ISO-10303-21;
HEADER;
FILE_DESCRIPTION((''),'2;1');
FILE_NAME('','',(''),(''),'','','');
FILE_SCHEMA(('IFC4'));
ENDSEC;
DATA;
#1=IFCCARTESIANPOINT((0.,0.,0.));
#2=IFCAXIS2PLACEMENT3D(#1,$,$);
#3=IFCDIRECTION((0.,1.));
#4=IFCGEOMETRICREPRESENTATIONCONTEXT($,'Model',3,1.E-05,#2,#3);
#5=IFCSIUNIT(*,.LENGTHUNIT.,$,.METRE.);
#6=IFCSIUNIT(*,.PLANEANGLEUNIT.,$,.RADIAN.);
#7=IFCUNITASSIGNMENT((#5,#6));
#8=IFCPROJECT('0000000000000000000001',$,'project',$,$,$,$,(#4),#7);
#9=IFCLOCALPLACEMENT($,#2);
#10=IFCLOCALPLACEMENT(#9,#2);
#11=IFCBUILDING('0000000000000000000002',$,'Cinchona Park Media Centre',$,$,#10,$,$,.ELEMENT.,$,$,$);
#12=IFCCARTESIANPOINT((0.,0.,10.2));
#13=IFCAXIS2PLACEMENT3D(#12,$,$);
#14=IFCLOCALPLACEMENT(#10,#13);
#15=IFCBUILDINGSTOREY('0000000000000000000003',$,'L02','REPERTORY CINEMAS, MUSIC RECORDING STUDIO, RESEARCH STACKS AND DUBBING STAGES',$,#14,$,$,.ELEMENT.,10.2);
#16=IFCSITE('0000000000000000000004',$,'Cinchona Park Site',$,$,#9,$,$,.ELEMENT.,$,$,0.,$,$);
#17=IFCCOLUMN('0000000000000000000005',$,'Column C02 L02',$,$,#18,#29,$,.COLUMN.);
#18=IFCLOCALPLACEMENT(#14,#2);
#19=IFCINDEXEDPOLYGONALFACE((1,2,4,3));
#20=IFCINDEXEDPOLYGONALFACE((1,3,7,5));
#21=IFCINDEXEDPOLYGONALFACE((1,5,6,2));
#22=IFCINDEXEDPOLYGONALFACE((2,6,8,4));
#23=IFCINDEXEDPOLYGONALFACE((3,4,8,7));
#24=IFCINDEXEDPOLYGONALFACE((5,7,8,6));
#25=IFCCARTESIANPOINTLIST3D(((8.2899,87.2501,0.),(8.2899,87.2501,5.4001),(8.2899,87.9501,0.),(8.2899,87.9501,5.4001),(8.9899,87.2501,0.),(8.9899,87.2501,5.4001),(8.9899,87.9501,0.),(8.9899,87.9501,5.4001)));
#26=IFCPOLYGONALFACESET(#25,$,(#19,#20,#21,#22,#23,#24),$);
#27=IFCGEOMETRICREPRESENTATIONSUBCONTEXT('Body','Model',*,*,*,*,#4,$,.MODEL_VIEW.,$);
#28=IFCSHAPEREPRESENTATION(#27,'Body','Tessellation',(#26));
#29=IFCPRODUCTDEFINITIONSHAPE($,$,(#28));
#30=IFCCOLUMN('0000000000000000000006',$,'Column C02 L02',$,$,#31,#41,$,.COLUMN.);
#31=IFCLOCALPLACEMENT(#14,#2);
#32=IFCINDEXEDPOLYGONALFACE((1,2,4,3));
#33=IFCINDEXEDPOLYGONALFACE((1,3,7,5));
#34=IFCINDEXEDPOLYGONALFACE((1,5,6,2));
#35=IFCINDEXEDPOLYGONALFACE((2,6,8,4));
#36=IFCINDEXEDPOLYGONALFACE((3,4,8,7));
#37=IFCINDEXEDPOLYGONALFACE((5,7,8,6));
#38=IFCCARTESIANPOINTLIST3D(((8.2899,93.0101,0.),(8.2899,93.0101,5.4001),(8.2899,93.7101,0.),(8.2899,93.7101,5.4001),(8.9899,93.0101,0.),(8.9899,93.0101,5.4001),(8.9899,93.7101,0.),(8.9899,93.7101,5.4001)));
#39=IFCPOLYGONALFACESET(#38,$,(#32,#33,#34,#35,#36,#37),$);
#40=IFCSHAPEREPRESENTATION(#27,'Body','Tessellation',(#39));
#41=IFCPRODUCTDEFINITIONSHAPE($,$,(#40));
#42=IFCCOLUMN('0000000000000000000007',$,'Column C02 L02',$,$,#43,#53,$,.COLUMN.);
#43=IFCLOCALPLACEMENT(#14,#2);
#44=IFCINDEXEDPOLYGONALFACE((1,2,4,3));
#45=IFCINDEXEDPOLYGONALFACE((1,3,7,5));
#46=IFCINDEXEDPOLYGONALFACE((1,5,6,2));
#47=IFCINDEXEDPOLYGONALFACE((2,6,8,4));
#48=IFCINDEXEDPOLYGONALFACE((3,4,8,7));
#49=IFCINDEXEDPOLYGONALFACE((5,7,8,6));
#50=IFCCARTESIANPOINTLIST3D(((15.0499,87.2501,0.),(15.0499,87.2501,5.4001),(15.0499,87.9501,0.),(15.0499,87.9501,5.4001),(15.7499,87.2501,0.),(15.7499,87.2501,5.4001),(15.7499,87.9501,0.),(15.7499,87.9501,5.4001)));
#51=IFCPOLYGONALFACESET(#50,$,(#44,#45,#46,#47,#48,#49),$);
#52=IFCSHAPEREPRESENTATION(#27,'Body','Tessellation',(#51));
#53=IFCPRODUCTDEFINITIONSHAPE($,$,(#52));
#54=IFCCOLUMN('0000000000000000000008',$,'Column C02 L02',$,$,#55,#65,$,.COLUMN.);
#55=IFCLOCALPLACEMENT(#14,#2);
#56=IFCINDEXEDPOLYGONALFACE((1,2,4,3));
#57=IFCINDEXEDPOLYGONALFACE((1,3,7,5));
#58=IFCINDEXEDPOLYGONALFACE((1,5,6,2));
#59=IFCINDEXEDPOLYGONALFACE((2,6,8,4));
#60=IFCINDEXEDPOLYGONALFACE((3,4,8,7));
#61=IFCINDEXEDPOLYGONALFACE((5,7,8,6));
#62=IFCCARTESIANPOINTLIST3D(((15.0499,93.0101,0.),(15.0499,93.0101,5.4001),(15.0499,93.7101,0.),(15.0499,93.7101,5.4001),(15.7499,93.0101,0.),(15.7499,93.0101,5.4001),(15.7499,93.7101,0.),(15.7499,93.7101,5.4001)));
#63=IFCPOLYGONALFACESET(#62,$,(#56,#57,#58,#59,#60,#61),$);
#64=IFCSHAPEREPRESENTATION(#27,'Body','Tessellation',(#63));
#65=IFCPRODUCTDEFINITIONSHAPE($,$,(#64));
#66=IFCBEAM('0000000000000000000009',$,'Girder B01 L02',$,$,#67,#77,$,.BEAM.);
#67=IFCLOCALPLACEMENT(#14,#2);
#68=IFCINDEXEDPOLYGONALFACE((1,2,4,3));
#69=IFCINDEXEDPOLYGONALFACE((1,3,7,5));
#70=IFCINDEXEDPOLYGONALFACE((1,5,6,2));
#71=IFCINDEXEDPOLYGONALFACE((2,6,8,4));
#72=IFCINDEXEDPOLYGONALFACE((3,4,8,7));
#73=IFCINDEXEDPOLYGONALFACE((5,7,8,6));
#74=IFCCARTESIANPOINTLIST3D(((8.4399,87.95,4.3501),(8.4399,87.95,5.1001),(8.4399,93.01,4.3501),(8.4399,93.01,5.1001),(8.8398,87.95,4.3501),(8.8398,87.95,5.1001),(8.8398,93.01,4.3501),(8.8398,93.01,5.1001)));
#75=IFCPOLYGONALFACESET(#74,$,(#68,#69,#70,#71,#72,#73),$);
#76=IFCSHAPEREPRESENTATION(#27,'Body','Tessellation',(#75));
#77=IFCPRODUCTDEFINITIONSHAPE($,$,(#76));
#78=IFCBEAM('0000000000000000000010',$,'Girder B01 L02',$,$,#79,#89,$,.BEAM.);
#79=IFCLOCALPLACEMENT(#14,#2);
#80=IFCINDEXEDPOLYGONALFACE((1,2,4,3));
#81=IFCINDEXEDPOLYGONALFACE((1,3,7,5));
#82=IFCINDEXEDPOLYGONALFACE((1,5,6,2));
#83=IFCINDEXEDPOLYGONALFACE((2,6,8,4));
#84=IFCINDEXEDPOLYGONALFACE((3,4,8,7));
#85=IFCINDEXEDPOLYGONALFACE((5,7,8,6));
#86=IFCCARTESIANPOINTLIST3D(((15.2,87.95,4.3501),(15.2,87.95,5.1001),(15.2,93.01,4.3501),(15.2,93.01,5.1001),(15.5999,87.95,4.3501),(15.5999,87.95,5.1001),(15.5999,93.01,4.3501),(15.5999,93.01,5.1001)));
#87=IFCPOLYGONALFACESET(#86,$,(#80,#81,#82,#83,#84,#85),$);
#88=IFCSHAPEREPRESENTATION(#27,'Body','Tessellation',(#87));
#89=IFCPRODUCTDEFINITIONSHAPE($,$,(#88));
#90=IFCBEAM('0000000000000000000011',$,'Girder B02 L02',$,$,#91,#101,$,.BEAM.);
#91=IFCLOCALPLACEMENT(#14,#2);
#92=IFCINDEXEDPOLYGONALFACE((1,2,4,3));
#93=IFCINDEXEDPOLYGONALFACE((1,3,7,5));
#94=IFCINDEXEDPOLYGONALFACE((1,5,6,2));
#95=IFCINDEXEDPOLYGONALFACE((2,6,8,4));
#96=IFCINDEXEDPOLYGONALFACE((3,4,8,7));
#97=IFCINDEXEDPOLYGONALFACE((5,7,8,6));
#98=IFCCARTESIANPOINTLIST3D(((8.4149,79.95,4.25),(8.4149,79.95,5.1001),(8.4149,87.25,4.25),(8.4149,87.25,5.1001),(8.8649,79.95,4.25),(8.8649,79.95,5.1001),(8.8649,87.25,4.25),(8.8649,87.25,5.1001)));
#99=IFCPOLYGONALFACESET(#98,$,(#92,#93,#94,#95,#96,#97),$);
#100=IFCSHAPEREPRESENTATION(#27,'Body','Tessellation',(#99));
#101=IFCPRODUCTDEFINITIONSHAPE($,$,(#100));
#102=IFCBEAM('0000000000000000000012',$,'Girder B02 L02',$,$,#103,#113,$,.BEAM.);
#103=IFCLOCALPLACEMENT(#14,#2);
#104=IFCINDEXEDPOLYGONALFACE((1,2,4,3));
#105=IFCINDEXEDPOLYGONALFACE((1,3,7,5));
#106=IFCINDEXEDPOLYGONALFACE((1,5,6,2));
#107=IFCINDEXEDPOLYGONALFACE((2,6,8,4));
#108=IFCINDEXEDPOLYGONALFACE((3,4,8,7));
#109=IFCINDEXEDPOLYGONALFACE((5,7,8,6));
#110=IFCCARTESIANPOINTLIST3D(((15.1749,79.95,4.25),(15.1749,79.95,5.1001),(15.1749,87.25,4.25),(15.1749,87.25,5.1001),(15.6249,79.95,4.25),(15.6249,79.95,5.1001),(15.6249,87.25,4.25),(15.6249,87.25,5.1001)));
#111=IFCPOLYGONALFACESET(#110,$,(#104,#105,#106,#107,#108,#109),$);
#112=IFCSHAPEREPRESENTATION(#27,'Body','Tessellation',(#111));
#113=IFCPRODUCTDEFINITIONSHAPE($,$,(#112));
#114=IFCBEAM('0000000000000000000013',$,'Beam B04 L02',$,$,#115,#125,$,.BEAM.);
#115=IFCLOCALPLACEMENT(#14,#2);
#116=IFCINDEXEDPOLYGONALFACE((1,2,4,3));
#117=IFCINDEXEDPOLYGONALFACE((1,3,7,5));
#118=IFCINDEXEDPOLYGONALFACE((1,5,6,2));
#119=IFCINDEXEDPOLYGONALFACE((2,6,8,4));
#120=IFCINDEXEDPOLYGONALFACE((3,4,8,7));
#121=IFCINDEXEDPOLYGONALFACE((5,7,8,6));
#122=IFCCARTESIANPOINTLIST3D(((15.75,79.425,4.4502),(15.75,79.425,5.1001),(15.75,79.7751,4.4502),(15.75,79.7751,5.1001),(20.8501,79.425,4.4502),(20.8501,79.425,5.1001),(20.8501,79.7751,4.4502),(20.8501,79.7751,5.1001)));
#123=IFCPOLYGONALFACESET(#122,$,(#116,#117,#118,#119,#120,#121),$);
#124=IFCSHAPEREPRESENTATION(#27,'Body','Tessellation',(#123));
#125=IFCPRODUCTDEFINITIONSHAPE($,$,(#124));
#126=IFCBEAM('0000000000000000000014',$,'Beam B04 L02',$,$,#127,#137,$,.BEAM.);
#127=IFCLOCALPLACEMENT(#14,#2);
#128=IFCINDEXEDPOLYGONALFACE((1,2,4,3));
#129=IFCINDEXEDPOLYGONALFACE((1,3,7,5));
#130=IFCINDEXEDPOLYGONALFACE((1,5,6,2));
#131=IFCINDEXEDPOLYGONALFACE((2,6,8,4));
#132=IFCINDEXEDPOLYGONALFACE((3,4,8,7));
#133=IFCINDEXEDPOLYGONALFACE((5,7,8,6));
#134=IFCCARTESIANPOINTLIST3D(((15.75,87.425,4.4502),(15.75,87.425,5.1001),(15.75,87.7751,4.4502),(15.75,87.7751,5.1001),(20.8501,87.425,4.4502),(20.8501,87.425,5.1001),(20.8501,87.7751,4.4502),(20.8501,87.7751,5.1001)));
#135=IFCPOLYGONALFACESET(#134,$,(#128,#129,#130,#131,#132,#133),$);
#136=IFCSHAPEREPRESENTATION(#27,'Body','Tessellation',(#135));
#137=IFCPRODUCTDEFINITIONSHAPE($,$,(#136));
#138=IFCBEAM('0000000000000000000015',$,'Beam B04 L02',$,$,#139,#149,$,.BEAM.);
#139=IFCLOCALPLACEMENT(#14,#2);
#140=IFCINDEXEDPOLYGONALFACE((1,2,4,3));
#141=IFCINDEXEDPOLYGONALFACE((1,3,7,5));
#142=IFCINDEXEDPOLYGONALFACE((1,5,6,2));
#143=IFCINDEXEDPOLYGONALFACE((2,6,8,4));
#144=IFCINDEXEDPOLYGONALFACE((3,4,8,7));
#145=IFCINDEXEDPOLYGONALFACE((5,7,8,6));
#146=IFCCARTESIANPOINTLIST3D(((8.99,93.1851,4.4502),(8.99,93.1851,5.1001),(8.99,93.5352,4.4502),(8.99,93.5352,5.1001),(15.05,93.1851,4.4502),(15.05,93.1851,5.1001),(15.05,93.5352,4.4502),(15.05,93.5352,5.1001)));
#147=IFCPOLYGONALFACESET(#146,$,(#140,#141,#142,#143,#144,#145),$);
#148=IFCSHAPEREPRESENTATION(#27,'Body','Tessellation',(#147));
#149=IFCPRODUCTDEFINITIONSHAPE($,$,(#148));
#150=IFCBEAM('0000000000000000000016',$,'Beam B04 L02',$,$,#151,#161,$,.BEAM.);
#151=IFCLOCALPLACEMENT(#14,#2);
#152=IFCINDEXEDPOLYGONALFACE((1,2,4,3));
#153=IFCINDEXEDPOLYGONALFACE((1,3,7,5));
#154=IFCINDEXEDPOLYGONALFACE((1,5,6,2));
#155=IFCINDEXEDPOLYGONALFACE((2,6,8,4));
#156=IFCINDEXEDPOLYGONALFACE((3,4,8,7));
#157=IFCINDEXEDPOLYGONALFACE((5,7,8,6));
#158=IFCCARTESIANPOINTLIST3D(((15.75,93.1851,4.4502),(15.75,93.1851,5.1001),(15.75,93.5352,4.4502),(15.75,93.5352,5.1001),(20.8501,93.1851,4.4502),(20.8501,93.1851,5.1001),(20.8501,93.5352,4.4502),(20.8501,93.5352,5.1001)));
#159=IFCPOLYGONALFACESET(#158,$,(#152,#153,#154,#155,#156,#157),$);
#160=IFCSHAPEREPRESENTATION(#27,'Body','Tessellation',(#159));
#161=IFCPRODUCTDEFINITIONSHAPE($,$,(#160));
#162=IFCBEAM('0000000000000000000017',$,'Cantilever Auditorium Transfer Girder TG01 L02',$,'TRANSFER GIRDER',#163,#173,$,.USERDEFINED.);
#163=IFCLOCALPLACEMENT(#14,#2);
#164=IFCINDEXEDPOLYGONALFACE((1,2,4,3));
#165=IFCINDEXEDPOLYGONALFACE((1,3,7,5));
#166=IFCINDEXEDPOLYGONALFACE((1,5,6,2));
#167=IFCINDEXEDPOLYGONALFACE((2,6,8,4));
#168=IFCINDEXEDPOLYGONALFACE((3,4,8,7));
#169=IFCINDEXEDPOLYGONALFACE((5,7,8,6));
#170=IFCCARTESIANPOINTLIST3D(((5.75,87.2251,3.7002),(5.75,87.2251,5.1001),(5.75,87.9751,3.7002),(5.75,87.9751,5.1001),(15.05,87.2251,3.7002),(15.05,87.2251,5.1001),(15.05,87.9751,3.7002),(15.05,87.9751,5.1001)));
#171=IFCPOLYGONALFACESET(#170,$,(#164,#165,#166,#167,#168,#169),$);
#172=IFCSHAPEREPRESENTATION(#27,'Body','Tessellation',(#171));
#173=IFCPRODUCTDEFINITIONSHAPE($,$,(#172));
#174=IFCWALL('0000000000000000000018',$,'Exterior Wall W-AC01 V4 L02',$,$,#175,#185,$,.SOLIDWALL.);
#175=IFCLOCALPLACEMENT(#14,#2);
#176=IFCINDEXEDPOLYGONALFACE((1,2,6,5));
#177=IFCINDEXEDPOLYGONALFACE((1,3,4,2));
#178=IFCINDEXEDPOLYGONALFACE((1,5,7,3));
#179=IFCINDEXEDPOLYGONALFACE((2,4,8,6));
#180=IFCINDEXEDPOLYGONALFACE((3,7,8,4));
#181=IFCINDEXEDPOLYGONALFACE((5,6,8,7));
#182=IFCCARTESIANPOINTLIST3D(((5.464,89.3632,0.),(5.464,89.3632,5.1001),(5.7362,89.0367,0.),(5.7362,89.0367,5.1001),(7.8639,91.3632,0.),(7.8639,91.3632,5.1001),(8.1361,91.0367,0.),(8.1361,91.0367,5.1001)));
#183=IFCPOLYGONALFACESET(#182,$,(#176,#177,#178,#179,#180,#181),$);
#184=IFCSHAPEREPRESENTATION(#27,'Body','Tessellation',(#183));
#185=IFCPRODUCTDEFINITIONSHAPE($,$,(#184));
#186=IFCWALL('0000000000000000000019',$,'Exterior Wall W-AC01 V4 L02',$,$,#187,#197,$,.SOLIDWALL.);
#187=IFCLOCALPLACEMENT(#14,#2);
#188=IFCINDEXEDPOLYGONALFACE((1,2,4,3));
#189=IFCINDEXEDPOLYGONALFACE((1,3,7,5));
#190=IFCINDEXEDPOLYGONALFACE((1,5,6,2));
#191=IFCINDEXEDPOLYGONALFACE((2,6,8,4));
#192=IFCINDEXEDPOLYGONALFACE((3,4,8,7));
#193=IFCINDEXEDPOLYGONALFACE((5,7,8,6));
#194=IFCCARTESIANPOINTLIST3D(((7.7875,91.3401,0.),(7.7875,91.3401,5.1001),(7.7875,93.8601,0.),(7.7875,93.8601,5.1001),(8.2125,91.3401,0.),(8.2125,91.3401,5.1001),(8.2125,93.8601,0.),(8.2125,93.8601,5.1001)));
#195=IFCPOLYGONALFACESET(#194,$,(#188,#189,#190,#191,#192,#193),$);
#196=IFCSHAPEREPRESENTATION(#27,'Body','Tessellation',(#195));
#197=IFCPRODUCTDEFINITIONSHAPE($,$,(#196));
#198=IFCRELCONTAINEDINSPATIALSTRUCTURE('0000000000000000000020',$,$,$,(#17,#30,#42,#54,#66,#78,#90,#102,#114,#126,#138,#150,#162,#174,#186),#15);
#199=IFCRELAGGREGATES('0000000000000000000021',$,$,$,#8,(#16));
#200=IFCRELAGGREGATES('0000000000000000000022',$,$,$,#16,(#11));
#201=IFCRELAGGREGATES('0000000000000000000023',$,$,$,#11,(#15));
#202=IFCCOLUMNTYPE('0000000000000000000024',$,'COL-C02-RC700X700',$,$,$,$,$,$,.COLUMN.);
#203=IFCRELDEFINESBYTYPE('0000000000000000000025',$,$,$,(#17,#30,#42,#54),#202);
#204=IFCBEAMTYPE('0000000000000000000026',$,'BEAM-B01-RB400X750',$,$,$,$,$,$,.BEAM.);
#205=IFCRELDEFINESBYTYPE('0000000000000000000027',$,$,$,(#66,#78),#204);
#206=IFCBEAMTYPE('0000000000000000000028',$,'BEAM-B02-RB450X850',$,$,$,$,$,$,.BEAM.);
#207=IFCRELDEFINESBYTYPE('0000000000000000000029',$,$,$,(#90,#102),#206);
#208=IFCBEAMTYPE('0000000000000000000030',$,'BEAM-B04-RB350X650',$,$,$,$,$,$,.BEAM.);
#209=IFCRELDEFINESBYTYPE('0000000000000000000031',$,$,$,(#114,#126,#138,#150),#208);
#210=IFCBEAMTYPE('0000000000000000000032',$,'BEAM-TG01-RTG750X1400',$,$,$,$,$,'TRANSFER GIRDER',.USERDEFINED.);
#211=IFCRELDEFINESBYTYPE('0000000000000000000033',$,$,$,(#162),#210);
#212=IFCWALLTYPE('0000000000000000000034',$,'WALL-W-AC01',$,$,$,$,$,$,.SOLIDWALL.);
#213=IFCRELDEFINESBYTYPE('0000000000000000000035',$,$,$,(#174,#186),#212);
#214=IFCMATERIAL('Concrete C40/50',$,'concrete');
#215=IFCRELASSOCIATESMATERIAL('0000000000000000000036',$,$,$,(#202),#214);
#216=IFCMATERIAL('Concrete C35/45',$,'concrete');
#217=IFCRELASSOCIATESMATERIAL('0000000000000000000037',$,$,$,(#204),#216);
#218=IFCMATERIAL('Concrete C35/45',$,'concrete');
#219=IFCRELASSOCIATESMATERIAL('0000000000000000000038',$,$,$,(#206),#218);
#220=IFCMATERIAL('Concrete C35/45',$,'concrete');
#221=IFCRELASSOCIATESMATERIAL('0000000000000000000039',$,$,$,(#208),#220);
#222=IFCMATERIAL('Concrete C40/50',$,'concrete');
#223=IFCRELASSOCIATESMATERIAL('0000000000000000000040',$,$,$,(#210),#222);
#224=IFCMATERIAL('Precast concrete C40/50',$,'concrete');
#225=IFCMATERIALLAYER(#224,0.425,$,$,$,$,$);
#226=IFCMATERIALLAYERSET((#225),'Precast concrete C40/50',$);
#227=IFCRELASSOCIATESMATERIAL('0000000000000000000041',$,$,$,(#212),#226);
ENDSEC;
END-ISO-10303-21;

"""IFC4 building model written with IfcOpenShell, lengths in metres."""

from ifc_helpers import new_model, si_unit, direction, frame, frame_2d, origin, origin_2d, place, context, subcontext, project, spatial, rectangle, extrude, material, layer, layer_set, material_profile, profile_set, type_object, element, save


model = new_model("IFC4")

# Units and contexts
model_context = context("Model", 3, precision=1e-05, world=origin(), true_north=direction((0.0, 1.0)))
body_context = subcontext(model_context, "Body", "Model", "MODEL_VIEW")
ifc_project = project(units=[si_unit("LENGTHUNIT", "METRE"), si_unit("PLANEANGLEUNIT", "RADIAN")], contexts=[model_context])

# Site, building, storey
site_placement = place(None, origin())
site = spatial("IfcSite", under=ifc_project, at=site_placement, Name="Cinchona Park Site", CompositionType="ELEMENT", RefElevation=0.0)
building_placement = place(site_placement, origin())
building = spatial("IfcBuilding", under=site, at=building_placement, Name="Cinchona Park Media Centre", CompositionType="ELEMENT")
storey_placement = place(building_placement, frame((0.0, 0.0, 10.2)))
storey = spatial("IfcBuildingStorey", under=building, at=storey_placement, Name="L02", Description="REPERTORY CINEMAS, MUSIC RECORDING STUDIO, RESEARCH STACKS AND DUBBING STAGES", CompositionType="ELEMENT", Elevation=10.2)

# Columns
ifc_material_1 = material(Name="Concrete C40/50", Category="concrete")
ifc_material_profile_1 = material_profile(ifc_material_1, rectangle(XDim=0.7, YDim=0.7, at=origin_2d()), Name="RC 700X700")
ifc_profile_set_1 = profile_set([ifc_material_profile_1], Name="Concrete C40/50")
column_type = type_object("IfcColumnType", Name="COL-C02-RC700X700", PredefinedType="COLUMN", material=ifc_profile_set_1)
for number, where, z_axis, x_axis, name in (
    (1, (8.6399, 87.6001, 0.0), (0.0, 0.0, 1.0), (1.0, 0.0, 0.0), "Column C02 L02"),
    (2, (8.6399, 93.3601, 0.0), (0.0, 0.0, 1.0), (1.0, 0.0, 0.0), "Column C02 L02"),
    (3, (15.3999, 87.6001, 0.0), (0.0, 0.0, 1.0), (1.0, 0.0, 0.0), "Column C02 L02"),
    (4, (15.3999, 93.3601, 0.0), (0.0, 0.0, 1.0), (1.0, 0.0, 0.0), "Column C02 L02"),
):
    element("IfcColumn", number, at=place(storey_placement, frame(where, z_axis=z_axis, x_axis=x_axis)), inside=storey, type_object=column_type, Name=name, PredefinedType="COLUMN", context=body_context, shape_type="SweptSolid", body=[
        extrude(rectangle(XDim=0.7, YDim=0.7, at=origin_2d()), origin(), (0.0, 0.0, 1.0), 5.4001),
    ])

# Beams
ifc_material_2 = material(Name="Concrete C35/45", Category="concrete")
ifc_material_profile_2 = material_profile(ifc_material_2, rectangle(XDim=0.3999, YDim=0.75, at=origin_2d()), Name="RB 400X750")
ifc_profile_set_2 = profile_set([ifc_material_profile_2], Name="Concrete C35/45")
beam_type_1 = type_object("IfcBeamType", Name="BEAM-B01-RB400X750", PredefinedType="BEAM", material=ifc_profile_set_2)
for number, where, z_axis, x_axis, name in (
    (5, (8.6399, 87.95, 4.7251), (0.0, 1.0, 0.0), (-1.0, 0.0, 0.0), "Girder B01 L02"),
    (6, (15.3999, 87.95, 4.7251), (0.0, 1.0, 0.0), (-1.0, 0.0, 0.0), "Girder B01 L02"),
):
    element("IfcBeam", number, at=place(storey_placement, frame(where, z_axis=z_axis, x_axis=x_axis)), inside=storey, type_object=beam_type_1, Name=name, PredefinedType="BEAM", context=body_context, shape_type="SweptSolid", body=[
        extrude(rectangle(XDim=0.3999, YDim=0.75, at=origin_2d()), origin(), (0.0, 0.0, 1.0), 5.0601),
    ])
ifc_material_3 = material(Name="Concrete C35/45", Category="concrete")
ifc_material_profile_3 = material_profile(ifc_material_3, rectangle(XDim=0.45, YDim=0.8501, at=origin_2d()), Name="RB 450X850")
ifc_profile_set_3 = profile_set([ifc_material_profile_3], Name="Concrete C35/45")
beam_type_2 = type_object("IfcBeamType", Name="BEAM-B02-RB450X850", PredefinedType="BEAM", material=ifc_profile_set_3)
for number, where, z_axis, x_axis, name in (
    (7, (8.6399, 79.95, 4.675), (0.0, 1.0, 0.0), (-1.0, 0.0, 0.0), "Girder B02 L02"),
    (8, (15.3999, 79.95, 4.675), (0.0, 1.0, 0.0), (-1.0, 0.0, 0.0), "Girder B02 L02"),
):
    element("IfcBeam", number, at=place(storey_placement, frame(where, z_axis=z_axis, x_axis=x_axis)), inside=storey, type_object=beam_type_2, Name=name, PredefinedType="BEAM", context=body_context, shape_type="SweptSolid", body=[
        extrude(rectangle(XDim=0.45, YDim=0.8501, at=origin_2d()), origin(), (0.0, 0.0, 1.0), 7.3),
    ])
ifc_material_4 = material(Name="Concrete C35/45", Category="concrete")
ifc_material_profile_4 = material_profile(ifc_material_4, rectangle(XDim=0.3501, YDim=0.6499, at=origin_2d()), Name="RB 350X650")
ifc_profile_set_4 = profile_set([ifc_material_profile_4], Name="Concrete C35/45")
beam_type_3 = type_object("IfcBeamType", Name="BEAM-B04-RB350X650", PredefinedType="BEAM", material=ifc_profile_set_4)
for number, where, z_axis, x_axis, name in (
    (9, (15.75, 79.6001, 4.7751), (1.0, 0.0, 0.0), (0.0, 1.0, 0.0), "Beam B04 L02"),
    (10, (15.75, 87.6001, 4.7751), (1.0, 0.0, 0.0), (0.0, 1.0, 0.0), "Beam B04 L02"),
):
    element("IfcBeam", number, at=place(storey_placement, frame(where, z_axis=z_axis, x_axis=x_axis)), inside=storey, type_object=beam_type_3, Name=name, PredefinedType="BEAM", context=body_context, shape_type="SweptSolid", body=[
        extrude(rectangle(XDim=0.3501, YDim=0.6499, at=origin_2d()), origin(), (0.0, 0.0, 1.0), 5.1001),
    ])
beam_1_placement = place(storey_placement, frame((8.99, 93.3601, 4.7751), z_axis=(1.0, 0.0, 0.0), x_axis=(0.0, 1.0, 0.0)))
element("IfcBeam", 11, at=beam_1_placement, inside=storey, type_object=beam_type_3, Name="Beam B04 L02", PredefinedType="BEAM", context=body_context, shape_type="SweptSolid", body=[
    extrude(rectangle(XDim=0.3501, YDim=0.6499, at=origin_2d()), origin(), (0.0, 0.0, 1.0), 6.0601),
])
beam_2_placement = place(storey_placement, frame((15.75, 93.3601, 4.7751), z_axis=(1.0, 0.0, 0.0), x_axis=(0.0, 1.0, 0.0)))
element("IfcBeam", 12, at=beam_2_placement, inside=storey, type_object=beam_type_3, Name="Beam B04 L02", PredefinedType="BEAM", context=body_context, shape_type="SweptSolid", body=[
    extrude(rectangle(XDim=0.3501, YDim=0.6499, at=origin_2d()), origin(), (0.0, 0.0, 1.0), 5.1001),
])
ifc_material_5 = material(Name="Concrete C40/50", Category="concrete")
ifc_material_profile_5 = material_profile(ifc_material_5, rectangle(XDim=0.75, YDim=1.3999, at=origin_2d()), Name="RTG 750X1400")
ifc_profile_set_5 = profile_set([ifc_material_profile_5], Name="Concrete C40/50")
beam_type_4 = type_object("IfcBeamType", Name="BEAM-TG01-RTG750X1400", ElementType="TRANSFER GIRDER", PredefinedType="USERDEFINED", material=ifc_profile_set_5)
beam_3_placement = place(storey_placement, frame((5.75, 87.6001, 4.4001), z_axis=(1.0, 0.0, 0.0), x_axis=(0.0, 1.0, 0.0)))
element("IfcBeam", 13, at=beam_3_placement, inside=storey, type_object=beam_type_4, Name="Cantilever Auditorium Transfer Girder TG01 L02", ObjectType="TRANSFER GIRDER", PredefinedType="USERDEFINED", context=body_context, shape_type="SweptSolid", body=[
    extrude(rectangle(XDim=0.75, YDim=1.3999, at=origin_2d()), origin(), (0.0, 0.0, 1.0), 9.3),
])

# Walls
ifc_material_6 = material(Name="Precast concrete C40/50", Category="concrete")
ifc_layer_1 = layer(ifc_material_6, 0.425)
ifc_layer_set_1 = layer_set([ifc_layer_1], Name="Precast concrete C40/50")
wall_type_1 = type_object("IfcWallType", Name="WALL-W-AC01", PredefinedType="SOLIDWALL", material=ifc_layer_set_1)
wall_1_placement = place(storey_placement, frame((5.6001, 89.2, 0.0), z_axis=(0.0, 0.0, 1.0), x_axis=(0.768208, 0.6402, 0.0)))
element("IfcWall", 14, at=wall_1_placement, inside=storey, type_object=wall_type_1, Name="Exterior Wall W-AC01 V4 L02", PredefinedType="SOLIDWALL", context=body_context, shape_type="SweptSolid", body=[
    extrude(rectangle(XDim=3.124, YDim=0.425, at=frame_2d((1.562, 0.0))), origin(), (0.0, 0.0, 1.0), 5.1001),
])
wall_2_placement = place(storey_placement, frame((8.0, 91.3401, 0.0), z_axis=(0.0, 0.0, 1.0), x_axis=(0.0, 1.0, 0.0)))
element("IfcWall", 15, at=wall_2_placement, inside=storey, type_object=wall_type_1, Name="Exterior Wall W-AC01 V4 L02", PredefinedType="SOLIDWALL", context=body_context, shape_type="SweptSolid", body=[
    extrude(rectangle(XDim=2.52, YDim=0.425, at=frame_2d((1.26, 0.0))), origin(), (0.0, 0.0, 1.0), 5.1001),
])

save(model, "model.ifc")
